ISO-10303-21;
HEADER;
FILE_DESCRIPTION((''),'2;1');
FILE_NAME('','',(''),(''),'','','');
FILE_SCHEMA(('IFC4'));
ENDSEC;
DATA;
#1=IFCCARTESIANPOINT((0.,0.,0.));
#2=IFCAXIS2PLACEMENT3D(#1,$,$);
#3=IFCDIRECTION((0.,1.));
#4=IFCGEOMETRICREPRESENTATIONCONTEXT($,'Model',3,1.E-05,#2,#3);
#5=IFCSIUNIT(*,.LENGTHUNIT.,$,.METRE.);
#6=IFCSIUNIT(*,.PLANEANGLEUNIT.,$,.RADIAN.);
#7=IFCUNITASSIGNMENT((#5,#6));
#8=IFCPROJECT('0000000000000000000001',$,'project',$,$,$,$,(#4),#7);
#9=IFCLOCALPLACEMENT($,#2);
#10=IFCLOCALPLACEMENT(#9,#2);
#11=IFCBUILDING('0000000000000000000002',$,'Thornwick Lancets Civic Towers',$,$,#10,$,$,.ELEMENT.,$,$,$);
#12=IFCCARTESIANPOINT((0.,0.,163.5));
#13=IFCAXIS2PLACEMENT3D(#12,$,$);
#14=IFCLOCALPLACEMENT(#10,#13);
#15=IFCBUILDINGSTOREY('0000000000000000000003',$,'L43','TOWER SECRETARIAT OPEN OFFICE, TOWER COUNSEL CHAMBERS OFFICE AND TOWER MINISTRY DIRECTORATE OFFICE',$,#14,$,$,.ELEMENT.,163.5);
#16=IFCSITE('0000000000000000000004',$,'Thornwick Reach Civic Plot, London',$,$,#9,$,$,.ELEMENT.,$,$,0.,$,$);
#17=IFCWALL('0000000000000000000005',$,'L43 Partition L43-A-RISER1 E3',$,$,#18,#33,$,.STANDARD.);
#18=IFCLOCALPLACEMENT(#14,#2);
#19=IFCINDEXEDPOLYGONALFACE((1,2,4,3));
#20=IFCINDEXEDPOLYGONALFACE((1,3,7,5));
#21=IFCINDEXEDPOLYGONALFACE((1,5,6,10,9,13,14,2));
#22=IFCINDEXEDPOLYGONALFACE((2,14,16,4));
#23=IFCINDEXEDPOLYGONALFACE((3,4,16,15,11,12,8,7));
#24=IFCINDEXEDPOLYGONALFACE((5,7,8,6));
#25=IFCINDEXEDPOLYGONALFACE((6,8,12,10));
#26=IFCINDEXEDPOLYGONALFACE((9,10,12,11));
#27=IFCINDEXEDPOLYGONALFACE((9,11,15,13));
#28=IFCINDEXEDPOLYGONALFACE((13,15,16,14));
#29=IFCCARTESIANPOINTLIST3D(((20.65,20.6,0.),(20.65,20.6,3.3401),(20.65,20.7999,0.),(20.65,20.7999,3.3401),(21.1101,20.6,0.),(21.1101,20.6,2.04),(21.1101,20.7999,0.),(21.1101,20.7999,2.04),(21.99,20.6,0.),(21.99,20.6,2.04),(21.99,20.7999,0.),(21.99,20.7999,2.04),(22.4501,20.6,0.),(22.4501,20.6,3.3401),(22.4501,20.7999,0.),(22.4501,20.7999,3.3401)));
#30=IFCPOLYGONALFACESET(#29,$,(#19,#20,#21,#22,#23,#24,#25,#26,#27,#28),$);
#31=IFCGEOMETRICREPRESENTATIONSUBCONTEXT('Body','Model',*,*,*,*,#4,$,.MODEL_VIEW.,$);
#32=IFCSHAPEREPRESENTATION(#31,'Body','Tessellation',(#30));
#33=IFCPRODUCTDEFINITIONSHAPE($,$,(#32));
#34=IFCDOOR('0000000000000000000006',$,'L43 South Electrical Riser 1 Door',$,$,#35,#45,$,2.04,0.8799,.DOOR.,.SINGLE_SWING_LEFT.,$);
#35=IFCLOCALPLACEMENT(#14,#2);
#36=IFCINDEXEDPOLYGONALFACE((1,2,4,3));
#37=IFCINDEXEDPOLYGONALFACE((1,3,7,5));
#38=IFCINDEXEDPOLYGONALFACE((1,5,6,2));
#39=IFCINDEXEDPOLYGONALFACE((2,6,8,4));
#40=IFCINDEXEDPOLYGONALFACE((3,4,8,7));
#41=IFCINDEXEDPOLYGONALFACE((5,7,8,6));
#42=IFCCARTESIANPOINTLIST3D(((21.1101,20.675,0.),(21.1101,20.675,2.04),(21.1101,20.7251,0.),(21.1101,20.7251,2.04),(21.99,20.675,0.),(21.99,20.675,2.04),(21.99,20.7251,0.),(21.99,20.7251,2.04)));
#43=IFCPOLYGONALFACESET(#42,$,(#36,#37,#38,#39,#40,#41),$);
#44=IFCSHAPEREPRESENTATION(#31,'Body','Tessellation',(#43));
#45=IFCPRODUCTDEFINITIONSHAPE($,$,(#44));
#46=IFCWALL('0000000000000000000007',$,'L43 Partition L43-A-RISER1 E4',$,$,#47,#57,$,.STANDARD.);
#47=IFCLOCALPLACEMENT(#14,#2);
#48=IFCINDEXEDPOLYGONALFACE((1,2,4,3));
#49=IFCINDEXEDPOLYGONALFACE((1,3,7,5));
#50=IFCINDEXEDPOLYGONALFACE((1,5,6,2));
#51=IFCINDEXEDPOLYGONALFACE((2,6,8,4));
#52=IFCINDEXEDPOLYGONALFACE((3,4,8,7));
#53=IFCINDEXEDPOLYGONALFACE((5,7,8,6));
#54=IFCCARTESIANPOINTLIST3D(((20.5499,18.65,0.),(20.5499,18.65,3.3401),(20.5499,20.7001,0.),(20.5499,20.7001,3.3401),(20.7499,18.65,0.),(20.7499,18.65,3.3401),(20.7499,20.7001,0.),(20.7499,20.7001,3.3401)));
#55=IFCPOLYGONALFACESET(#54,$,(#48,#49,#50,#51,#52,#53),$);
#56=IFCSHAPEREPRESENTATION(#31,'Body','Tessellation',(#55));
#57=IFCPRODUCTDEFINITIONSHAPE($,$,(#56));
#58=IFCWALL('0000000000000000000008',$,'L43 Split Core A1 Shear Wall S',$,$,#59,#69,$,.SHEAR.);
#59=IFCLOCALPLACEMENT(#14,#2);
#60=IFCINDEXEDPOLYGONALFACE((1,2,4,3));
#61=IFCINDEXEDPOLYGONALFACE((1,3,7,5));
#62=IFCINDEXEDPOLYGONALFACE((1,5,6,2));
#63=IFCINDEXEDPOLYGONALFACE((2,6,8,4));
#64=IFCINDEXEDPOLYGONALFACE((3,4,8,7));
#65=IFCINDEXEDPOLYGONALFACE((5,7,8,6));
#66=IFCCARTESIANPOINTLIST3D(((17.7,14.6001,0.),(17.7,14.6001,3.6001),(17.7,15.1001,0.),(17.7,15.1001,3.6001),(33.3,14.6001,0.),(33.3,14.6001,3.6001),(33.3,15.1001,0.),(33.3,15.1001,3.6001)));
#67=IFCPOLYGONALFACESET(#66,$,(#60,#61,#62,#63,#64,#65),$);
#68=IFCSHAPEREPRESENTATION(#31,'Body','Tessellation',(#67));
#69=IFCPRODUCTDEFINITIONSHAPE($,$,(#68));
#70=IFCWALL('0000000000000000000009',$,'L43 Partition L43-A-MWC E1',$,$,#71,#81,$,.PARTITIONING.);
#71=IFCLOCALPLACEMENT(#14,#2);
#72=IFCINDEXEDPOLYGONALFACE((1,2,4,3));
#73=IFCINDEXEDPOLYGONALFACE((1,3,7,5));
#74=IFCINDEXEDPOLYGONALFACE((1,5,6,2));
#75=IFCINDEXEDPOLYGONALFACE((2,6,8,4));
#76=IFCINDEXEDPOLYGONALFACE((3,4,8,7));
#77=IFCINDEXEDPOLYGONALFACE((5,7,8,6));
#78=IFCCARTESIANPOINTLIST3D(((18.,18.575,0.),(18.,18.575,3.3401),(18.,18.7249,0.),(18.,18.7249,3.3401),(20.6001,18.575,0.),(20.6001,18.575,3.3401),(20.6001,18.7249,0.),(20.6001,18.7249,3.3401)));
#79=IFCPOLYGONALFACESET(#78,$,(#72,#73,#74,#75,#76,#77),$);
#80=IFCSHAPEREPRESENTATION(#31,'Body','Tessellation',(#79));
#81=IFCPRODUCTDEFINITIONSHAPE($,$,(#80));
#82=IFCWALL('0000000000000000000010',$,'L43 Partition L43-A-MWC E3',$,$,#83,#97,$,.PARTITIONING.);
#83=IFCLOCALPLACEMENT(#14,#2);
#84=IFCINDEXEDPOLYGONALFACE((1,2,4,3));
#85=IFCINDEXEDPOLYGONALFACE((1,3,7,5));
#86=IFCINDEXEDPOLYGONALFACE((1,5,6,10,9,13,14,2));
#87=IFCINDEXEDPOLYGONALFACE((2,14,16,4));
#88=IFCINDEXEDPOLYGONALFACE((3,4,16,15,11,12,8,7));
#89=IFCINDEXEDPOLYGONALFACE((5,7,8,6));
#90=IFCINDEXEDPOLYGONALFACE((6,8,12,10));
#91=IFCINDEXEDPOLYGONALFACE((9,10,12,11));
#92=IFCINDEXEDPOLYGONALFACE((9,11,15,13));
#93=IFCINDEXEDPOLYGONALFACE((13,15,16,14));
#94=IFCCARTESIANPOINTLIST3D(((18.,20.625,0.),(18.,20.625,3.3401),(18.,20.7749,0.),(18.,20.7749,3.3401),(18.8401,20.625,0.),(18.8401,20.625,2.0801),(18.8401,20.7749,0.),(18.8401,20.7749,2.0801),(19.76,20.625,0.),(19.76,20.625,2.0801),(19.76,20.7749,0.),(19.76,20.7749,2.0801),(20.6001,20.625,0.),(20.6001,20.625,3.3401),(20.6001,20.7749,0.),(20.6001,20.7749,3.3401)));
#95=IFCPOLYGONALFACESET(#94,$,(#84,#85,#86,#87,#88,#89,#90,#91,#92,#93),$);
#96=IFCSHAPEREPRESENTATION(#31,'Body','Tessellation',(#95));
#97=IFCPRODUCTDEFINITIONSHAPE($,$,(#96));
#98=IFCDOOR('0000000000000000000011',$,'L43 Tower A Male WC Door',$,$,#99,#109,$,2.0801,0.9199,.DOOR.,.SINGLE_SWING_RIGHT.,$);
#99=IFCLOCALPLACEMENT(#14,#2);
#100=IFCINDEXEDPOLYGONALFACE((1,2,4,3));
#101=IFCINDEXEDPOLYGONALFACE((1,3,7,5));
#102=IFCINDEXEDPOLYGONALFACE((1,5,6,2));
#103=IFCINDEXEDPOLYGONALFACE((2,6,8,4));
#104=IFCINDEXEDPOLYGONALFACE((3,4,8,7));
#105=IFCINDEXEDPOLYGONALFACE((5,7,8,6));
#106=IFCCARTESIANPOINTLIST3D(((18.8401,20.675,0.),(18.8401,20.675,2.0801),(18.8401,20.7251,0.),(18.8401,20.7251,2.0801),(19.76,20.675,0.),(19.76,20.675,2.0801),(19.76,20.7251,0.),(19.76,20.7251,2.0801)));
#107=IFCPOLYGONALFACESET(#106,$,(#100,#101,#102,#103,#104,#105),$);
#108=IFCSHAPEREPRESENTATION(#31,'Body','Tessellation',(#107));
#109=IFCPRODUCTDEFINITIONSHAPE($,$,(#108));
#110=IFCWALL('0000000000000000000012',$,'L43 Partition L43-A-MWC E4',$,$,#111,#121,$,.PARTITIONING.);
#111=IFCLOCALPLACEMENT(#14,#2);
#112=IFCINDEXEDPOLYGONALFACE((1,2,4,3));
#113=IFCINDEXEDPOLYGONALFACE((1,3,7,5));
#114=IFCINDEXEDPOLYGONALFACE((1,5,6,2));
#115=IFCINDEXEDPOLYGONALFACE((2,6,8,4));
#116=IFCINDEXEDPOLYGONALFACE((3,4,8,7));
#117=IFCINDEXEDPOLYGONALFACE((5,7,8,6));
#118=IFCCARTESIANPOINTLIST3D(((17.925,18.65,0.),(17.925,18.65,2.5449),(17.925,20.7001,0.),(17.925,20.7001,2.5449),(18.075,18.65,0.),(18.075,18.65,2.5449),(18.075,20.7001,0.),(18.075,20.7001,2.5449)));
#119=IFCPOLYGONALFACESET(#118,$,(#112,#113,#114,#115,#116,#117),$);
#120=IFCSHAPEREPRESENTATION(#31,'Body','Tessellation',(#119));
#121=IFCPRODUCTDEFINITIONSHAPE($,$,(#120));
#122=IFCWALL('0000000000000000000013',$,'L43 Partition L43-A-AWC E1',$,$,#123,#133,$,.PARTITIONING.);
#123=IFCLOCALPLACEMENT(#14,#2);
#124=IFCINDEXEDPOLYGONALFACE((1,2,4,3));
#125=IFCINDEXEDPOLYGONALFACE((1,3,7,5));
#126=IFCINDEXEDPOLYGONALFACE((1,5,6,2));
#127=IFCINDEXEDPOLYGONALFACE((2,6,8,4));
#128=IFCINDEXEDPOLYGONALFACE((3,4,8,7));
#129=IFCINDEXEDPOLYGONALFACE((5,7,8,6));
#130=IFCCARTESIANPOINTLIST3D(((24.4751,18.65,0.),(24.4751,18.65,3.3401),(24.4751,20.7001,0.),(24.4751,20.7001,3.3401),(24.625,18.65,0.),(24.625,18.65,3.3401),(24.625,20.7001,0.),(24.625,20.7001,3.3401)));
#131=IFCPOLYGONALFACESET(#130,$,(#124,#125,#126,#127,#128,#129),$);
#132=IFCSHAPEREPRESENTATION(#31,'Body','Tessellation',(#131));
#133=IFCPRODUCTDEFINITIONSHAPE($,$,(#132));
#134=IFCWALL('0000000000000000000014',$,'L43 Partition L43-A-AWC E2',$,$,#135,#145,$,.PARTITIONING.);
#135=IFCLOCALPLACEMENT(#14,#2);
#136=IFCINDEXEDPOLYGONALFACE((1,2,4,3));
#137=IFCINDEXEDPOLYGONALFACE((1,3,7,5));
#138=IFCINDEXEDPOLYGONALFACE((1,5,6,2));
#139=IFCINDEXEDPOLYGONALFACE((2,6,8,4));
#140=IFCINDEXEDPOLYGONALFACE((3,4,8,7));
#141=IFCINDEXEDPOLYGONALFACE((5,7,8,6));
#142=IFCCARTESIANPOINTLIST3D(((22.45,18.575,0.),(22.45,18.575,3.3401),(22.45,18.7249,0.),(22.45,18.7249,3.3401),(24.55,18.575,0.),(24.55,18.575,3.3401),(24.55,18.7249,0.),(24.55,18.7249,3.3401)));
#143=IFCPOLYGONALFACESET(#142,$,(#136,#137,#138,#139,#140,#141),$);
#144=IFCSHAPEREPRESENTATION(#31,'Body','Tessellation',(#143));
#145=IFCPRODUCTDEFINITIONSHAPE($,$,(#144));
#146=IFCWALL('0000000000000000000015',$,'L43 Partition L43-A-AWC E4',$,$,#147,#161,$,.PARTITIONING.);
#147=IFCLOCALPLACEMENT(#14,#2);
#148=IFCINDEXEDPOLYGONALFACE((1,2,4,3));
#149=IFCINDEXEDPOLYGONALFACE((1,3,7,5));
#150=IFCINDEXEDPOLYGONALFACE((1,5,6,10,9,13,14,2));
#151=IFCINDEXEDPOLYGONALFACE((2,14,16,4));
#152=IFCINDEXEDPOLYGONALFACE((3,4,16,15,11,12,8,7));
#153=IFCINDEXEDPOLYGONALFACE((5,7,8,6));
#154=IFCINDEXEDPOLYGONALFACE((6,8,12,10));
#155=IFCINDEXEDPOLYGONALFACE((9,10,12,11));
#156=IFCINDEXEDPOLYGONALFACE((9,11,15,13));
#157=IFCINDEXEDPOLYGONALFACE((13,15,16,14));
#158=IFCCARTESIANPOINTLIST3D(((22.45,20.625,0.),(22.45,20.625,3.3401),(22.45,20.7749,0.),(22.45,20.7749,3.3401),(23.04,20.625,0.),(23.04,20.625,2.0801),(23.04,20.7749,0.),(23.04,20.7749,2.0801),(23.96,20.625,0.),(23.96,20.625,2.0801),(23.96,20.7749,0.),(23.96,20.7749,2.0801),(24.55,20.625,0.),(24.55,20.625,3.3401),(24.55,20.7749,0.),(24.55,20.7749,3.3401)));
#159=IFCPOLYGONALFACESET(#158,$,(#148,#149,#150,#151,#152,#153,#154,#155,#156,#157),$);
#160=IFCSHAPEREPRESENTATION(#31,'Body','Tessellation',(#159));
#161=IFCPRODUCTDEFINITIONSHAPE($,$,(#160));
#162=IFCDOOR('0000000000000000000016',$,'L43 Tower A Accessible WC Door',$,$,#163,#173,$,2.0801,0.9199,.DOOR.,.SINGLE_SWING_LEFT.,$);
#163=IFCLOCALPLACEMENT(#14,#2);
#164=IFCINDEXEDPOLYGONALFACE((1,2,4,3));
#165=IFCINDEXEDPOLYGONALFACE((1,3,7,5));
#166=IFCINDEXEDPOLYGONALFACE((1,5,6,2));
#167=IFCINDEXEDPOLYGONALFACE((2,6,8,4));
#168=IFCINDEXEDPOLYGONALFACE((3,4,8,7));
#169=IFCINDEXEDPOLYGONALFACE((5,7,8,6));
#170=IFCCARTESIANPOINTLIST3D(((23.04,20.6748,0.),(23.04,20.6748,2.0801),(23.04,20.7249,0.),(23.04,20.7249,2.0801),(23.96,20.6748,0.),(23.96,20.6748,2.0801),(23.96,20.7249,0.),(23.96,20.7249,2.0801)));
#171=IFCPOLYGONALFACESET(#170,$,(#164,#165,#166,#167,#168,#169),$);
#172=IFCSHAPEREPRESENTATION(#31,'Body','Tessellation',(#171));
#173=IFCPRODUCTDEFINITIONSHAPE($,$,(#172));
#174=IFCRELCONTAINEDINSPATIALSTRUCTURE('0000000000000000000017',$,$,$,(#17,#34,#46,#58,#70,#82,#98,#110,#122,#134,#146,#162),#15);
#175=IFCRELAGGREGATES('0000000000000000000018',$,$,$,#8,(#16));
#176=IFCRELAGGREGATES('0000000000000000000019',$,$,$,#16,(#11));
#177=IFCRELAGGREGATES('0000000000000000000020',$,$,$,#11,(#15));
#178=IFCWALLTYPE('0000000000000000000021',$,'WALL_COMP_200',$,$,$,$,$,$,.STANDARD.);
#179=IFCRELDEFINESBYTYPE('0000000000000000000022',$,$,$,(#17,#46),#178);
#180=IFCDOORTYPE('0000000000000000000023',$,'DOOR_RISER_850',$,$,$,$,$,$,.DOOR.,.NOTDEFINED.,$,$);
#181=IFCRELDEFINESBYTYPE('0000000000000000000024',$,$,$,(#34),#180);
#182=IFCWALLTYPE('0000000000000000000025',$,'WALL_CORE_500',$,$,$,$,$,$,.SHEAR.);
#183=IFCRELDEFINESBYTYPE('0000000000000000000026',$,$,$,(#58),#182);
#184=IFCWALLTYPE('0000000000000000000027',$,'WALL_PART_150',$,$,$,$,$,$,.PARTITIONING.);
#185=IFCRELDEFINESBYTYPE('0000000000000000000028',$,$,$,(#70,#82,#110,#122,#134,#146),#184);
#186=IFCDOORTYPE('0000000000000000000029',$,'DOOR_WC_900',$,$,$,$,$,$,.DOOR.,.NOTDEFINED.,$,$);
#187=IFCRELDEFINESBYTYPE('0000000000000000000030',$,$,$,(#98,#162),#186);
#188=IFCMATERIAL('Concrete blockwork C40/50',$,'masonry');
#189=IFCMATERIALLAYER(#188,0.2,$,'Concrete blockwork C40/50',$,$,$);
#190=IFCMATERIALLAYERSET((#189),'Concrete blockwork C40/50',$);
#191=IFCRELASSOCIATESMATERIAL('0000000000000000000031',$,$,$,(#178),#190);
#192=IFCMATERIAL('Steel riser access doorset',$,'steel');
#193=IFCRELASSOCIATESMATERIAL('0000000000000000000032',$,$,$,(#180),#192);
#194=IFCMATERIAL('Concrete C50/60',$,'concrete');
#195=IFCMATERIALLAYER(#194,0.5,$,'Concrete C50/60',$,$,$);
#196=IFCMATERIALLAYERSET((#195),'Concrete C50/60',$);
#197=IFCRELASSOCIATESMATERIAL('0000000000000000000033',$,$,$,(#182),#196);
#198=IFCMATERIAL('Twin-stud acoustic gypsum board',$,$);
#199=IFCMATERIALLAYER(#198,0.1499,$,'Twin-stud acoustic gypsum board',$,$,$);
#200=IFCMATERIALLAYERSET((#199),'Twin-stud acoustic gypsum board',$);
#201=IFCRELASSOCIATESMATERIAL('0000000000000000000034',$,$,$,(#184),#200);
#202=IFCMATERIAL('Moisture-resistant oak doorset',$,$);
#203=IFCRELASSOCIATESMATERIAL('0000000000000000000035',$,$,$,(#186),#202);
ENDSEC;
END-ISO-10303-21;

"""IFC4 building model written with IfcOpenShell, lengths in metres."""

from ifc_helpers import new_model, si_unit, direction, frame, frame_2d, origin, place, context, subcontext, project, spatial, rectangle, extrude, material, layer, layer_set, type_object, element, fill, save


model = new_model("IFC4")

# Units and contexts
model_context = context("Model", 3, precision=1e-05, world=origin(), true_north=direction((0.0, 1.0)))
body_context = subcontext(model_context, "Body", "Model", "MODEL_VIEW")
ifc_project = project(units=[si_unit("LENGTHUNIT", "METRE"), si_unit("PLANEANGLEUNIT", "RADIAN")], contexts=[model_context])

# Site, building, storey
site_placement = place(None, origin())
site = spatial("IfcSite", under=ifc_project, at=site_placement, Name="Thornwick Reach Civic Plot, London", CompositionType="ELEMENT", RefElevation=0.0)
building_placement = place(site_placement, origin())
building = spatial("IfcBuilding", under=site, at=building_placement, Name="Thornwick Lancets Civic Towers", CompositionType="ELEMENT")
storey_placement = place(building_placement, frame((0.0, 0.0, 163.5)))
storey = spatial("IfcBuildingStorey", under=building, at=storey_placement, Name="L43", Description="TOWER SECRETARIAT OPEN OFFICE, TOWER COUNSEL CHAMBERS OFFICE AND TOWER MINISTRY DIRECTORATE OFFICE", CompositionType="ELEMENT", Elevation=163.5)

# Shared definitions
ifc_material_1 = material(Name="Concrete C50/60", Category="concrete")

# Shared definitions
ifc_material_2 = material(Name="Concrete blockwork C40/50", Category="masonry")
ifc_layer_1 = layer(ifc_material_2, 0.2, Name="Concrete blockwork C40/50")
ifc_layer_set_1 = layer_set([ifc_layer_1], Name="Concrete blockwork C40/50")
wall_type_1 = type_object("IfcWallType", Name="WALL_COMP_200", PredefinedType="STANDARD", material=ifc_layer_set_1)

# Wall, opening, door
wall_1_placement = place(storey_placement, frame((22.45, 20.7, 0.0), z_axis=(0.0, 0.0, 1.0), x_axis=(-1.0, 0.0, 0.0)))
wall_1 = element("IfcWall", 1, at=wall_1_placement, inside=storey, type_object=wall_type_1, Name="L43 Partition L43-A-RISER1 E3", PredefinedType="STANDARD", context=body_context, shape_type="SweptSolid", body=[
    extrude(rectangle(XDim=1.8, YDim=0.2, at=frame_2d((0.8999, 0.0))), origin(), (0.0, 0.0, 1.0), 3.3401),
])
opening_1_placement = place(wall_1_placement, frame((0.46, 0.0, 0.0)))
opening_1 = element("IfcOpeningElement", 2, at=opening_1_placement, cuts=wall_1, PredefinedType="OPENING", context=body_context, shape_type="SweptSolid", body=[
    extrude(rectangle(XDim=0.8799, YDim=2.04, at=frame_2d((0.4399, 1.02))), frame((0.0, 0.1099, 0.0), z_axis=(0.0, -1.0, 0.0), x_axis=(1.0, 0.0, 0.0)), (0.0, 0.0, 1.0), 0.22),
])
ifc_material_3 = material(Name="Steel riser access doorset", Category="steel")
door_type_1 = type_object("IfcDoorType", Name="DOOR_RISER_850", OperationType="NOTDEFINED", PredefinedType="DOOR", material=ifc_material_3)
door_1_placement = place(opening_1_placement, origin())
door_1 = element("IfcDoor", 3, at=door_1_placement, inside=storey, type_object=door_type_1, Name="L43 South Electrical Riser 1 Door", OperationType="SINGLE_SWING_LEFT", OverallHeight=2.04, OverallWidth=0.8799, PredefinedType="DOOR", context=body_context, shape_type="SweptSolid", body=[
    extrude(rectangle(XDim=0.8799, YDim=2.04, at=frame_2d((0.4399, 1.02))), frame((0.0, 0.0249, 0.0), z_axis=(0.0, -1.0, 0.0), x_axis=(1.0, 0.0, 0.0)), (0.0, 0.0, 1.0), 0.05),
])
fill(opening_1, door_1)

# Walls
wall_2_placement = place(storey_placement, frame((20.6499, 20.7, 0.0), z_axis=(0.0, 0.0, 1.0), x_axis=(0.0, -1.0, 0.0)))
element("IfcWall", 4, at=wall_2_placement, inside=storey, type_object=wall_type_1, Name="L43 Partition L43-A-RISER1 E4", PredefinedType="STANDARD", context=body_context, shape_type="SweptSolid", body=[
    extrude(rectangle(XDim=2.05, YDim=0.2, at=frame_2d((1.0249, 0.0))), origin(), (0.0, 0.0, 1.0), 3.3401),
])
ifc_layer_2 = layer(ifc_material_1, 0.5, Name="Concrete C50/60")
ifc_layer_set_2 = layer_set([ifc_layer_2], Name="Concrete C50/60")
wall_type_2 = type_object("IfcWallType", Name="WALL_CORE_500", PredefinedType="SHEAR", material=ifc_layer_set_2)
wall_3_placement = place(storey_placement, frame((17.7, 14.8501, 0.0), z_axis=(0.0, 0.0, 1.0), x_axis=(1.0, 0.0, 0.0)))
element("IfcWall", 5, at=wall_3_placement, inside=storey, type_object=wall_type_2, Name="L43 Split Core A1 Shear Wall S", PredefinedType="SHEAR", context=body_context, shape_type="SweptSolid", body=[
    extrude(rectangle(XDim=15.6001, YDim=0.5, at=frame_2d((7.8, 0.0))), origin(), (0.0, 0.0, 1.0), 3.6001),
])
ifc_material_4 = material(Name="Twin-stud acoustic gypsum board")
ifc_layer_3 = layer(ifc_material_4, 0.1499, Name="Twin-stud acoustic gypsum board")
ifc_layer_set_3 = layer_set([ifc_layer_3], Name="Twin-stud acoustic gypsum board")
wall_type_3 = type_object("IfcWallType", Name="WALL_PART_150", PredefinedType="PARTITIONING", material=ifc_layer_set_3)
wall_4_placement = place(storey_placement, frame((18.0, 18.6499, 0.0), z_axis=(0.0, 0.0, 1.0), x_axis=(1.0, 0.0, 0.0)))
element("IfcWall", 6, at=wall_4_placement, inside=storey, type_object=wall_type_3, Name="L43 Partition L43-A-MWC E1", PredefinedType="PARTITIONING", context=body_context, shape_type="SweptSolid", body=[
    extrude(rectangle(XDim=2.6001, YDim=0.1499, at=frame_2d((1.3, 0.0))), origin(), (0.0, 0.0, 1.0), 3.3401),
])

# Wall, opening, door
wall_5_placement = place(storey_placement, frame((20.6001, 20.7, 0.0), z_axis=(0.0, 0.0, 1.0), x_axis=(-1.0, 0.0, 0.0)))
wall_5 = element("IfcWall", 7, at=wall_5_placement, inside=storey, type_object=wall_type_3, Name="L43 Partition L43-A-MWC E3", PredefinedType="PARTITIONING", context=body_context, shape_type="SweptSolid", body=[
    extrude(rectangle(XDim=2.6001, YDim=0.1499, at=frame_2d((1.3, 0.0))), origin(), (0.0, 0.0, 1.0), 3.3401),
])
opening_2_placement = place(wall_5_placement, frame((0.8401, 0.0, 0.0)))
opening_2 = element("IfcOpeningElement", 8, at=opening_2_placement, cuts=wall_5, PredefinedType="OPENING", context=body_context, shape_type="SweptSolid", body=[
    extrude(rectangle(XDim=0.9199, YDim=2.0801, at=frame_2d((0.46, 1.04))), frame((0.0, 0.085, 0.0), z_axis=(0.0, -1.0, 0.0), x_axis=(1.0, 0.0, 0.0)), (0.0, 0.0, 1.0), 0.1699),
])
ifc_material_5 = material(Name="Moisture-resistant oak doorset")
door_type_2 = type_object("IfcDoorType", Name="DOOR_WC_900", OperationType="NOTDEFINED", PredefinedType="DOOR", material=ifc_material_5)
door_2_placement = place(opening_2_placement, origin())
door_2 = element("IfcDoor", 9, at=door_2_placement, inside=storey, type_object=door_type_2, Name="L43 Tower A Male WC Door", OperationType="SINGLE_SWING_RIGHT", OverallHeight=2.0801, OverallWidth=0.9199, PredefinedType="DOOR", context=body_context, shape_type="SweptSolid", body=[
    extrude(rectangle(XDim=0.9199, YDim=2.0801, at=frame_2d((0.46, 1.04))), frame((0.0, 0.0249, 0.0), z_axis=(0.0, -1.0, 0.0), x_axis=(1.0, 0.0, 0.0)), (0.0, 0.0, 1.0), 0.05),
])
fill(opening_2, door_2)

# Walls
wall_6_placement = place(storey_placement, frame((18.0, 20.7, 0.0), z_axis=(0.0, 0.0, 1.0), x_axis=(0.0, -1.0, 0.0)))
element("IfcWall", 10, at=wall_6_placement, inside=storey, type_object=wall_type_3, Name="L43 Partition L43-A-MWC E4", PredefinedType="PARTITIONING", context=body_context, shape_type="SweptSolid", body=[
    extrude(rectangle(XDim=2.05, YDim=0.1499, at=frame_2d((1.0249, 0.0))), origin(), (0.0, 0.0, 1.0), 2.5449),
])
wall_7_placement = place(storey_placement, frame((24.55, 20.7, 0.0), z_axis=(0.0, 0.0, 1.0), x_axis=(0.0, -1.0, 0.0)))
element("IfcWall", 11, at=wall_7_placement, inside=storey, type_object=wall_type_3, Name="L43 Partition L43-A-AWC E1", PredefinedType="PARTITIONING", context=body_context, shape_type="SweptSolid", body=[
    extrude(rectangle(XDim=2.05, YDim=0.1499, at=frame_2d((1.0249, 0.0))), origin(), (0.0, 0.0, 1.0), 3.3401),
])
wall_8_placement = place(storey_placement, frame((24.55, 18.6499, 0.0), z_axis=(0.0, 0.0, 1.0), x_axis=(-1.0, 0.0, 0.0)))
element("IfcWall", 12, at=wall_8_placement, inside=storey, type_object=wall_type_3, Name="L43 Partition L43-A-AWC E2", PredefinedType="PARTITIONING", context=body_context, shape_type="SweptSolid", body=[
    extrude(rectangle(XDim=2.1001, YDim=0.1499, at=frame_2d((1.05, 0.0))), origin(), (0.0, 0.0, 1.0), 3.3401),
])

# Wall, opening, door
wall_9_placement = place(storey_placement, frame((22.45, 20.7, 0.0), z_axis=(0.0, 0.0, 1.0), x_axis=(1.0, 0.0, 0.0)))
wall_9 = element("IfcWall", 13, at=wall_9_placement, inside=storey, type_object=wall_type_3, Name="L43 Partition L43-A-AWC E4", PredefinedType="PARTITIONING", context=body_context, shape_type="SweptSolid", body=[
    extrude(rectangle(XDim=2.1001, YDim=0.1499, at=frame_2d((1.05, 0.0))), origin(), (0.0, 0.0, 1.0), 3.3401),
])
opening_3_placement = place(wall_9_placement, frame((0.5901, 0.0, 0.0)))
opening_3 = element("IfcOpeningElement", 14, at=opening_3_placement, cuts=wall_9, PredefinedType="OPENING", context=body_context, shape_type="SweptSolid", body=[
    extrude(rectangle(XDim=0.9199, YDim=2.0801, at=frame_2d((0.46, 1.04))), frame((0.0, 0.085, 0.0), z_axis=(0.0, -1.0, 0.0), x_axis=(1.0, 0.0, 0.0)), (0.0, 0.0, 1.0), 0.1699),
])
door_3_placement = place(opening_3_placement, origin())
door_3 = element("IfcDoor", 15, at=door_3_placement, inside=storey, type_object=door_type_2, Name="L43 Tower A Accessible WC Door", OperationType="SINGLE_SWING_LEFT", OverallHeight=2.0801, OverallWidth=0.9199, PredefinedType="DOOR", context=body_context, shape_type="SweptSolid", body=[
    extrude(rectangle(XDim=0.9199, YDim=2.0801, at=frame_2d((0.46, 1.04))), frame((0.0, 0.0249, 0.0), z_axis=(0.0, -1.0, 0.0), x_axis=(1.0, 0.0, 0.0)), (0.0, 0.0, 1.0), 0.05),
])
fill(opening_3, door_3)

save(model, "model.ifc")
